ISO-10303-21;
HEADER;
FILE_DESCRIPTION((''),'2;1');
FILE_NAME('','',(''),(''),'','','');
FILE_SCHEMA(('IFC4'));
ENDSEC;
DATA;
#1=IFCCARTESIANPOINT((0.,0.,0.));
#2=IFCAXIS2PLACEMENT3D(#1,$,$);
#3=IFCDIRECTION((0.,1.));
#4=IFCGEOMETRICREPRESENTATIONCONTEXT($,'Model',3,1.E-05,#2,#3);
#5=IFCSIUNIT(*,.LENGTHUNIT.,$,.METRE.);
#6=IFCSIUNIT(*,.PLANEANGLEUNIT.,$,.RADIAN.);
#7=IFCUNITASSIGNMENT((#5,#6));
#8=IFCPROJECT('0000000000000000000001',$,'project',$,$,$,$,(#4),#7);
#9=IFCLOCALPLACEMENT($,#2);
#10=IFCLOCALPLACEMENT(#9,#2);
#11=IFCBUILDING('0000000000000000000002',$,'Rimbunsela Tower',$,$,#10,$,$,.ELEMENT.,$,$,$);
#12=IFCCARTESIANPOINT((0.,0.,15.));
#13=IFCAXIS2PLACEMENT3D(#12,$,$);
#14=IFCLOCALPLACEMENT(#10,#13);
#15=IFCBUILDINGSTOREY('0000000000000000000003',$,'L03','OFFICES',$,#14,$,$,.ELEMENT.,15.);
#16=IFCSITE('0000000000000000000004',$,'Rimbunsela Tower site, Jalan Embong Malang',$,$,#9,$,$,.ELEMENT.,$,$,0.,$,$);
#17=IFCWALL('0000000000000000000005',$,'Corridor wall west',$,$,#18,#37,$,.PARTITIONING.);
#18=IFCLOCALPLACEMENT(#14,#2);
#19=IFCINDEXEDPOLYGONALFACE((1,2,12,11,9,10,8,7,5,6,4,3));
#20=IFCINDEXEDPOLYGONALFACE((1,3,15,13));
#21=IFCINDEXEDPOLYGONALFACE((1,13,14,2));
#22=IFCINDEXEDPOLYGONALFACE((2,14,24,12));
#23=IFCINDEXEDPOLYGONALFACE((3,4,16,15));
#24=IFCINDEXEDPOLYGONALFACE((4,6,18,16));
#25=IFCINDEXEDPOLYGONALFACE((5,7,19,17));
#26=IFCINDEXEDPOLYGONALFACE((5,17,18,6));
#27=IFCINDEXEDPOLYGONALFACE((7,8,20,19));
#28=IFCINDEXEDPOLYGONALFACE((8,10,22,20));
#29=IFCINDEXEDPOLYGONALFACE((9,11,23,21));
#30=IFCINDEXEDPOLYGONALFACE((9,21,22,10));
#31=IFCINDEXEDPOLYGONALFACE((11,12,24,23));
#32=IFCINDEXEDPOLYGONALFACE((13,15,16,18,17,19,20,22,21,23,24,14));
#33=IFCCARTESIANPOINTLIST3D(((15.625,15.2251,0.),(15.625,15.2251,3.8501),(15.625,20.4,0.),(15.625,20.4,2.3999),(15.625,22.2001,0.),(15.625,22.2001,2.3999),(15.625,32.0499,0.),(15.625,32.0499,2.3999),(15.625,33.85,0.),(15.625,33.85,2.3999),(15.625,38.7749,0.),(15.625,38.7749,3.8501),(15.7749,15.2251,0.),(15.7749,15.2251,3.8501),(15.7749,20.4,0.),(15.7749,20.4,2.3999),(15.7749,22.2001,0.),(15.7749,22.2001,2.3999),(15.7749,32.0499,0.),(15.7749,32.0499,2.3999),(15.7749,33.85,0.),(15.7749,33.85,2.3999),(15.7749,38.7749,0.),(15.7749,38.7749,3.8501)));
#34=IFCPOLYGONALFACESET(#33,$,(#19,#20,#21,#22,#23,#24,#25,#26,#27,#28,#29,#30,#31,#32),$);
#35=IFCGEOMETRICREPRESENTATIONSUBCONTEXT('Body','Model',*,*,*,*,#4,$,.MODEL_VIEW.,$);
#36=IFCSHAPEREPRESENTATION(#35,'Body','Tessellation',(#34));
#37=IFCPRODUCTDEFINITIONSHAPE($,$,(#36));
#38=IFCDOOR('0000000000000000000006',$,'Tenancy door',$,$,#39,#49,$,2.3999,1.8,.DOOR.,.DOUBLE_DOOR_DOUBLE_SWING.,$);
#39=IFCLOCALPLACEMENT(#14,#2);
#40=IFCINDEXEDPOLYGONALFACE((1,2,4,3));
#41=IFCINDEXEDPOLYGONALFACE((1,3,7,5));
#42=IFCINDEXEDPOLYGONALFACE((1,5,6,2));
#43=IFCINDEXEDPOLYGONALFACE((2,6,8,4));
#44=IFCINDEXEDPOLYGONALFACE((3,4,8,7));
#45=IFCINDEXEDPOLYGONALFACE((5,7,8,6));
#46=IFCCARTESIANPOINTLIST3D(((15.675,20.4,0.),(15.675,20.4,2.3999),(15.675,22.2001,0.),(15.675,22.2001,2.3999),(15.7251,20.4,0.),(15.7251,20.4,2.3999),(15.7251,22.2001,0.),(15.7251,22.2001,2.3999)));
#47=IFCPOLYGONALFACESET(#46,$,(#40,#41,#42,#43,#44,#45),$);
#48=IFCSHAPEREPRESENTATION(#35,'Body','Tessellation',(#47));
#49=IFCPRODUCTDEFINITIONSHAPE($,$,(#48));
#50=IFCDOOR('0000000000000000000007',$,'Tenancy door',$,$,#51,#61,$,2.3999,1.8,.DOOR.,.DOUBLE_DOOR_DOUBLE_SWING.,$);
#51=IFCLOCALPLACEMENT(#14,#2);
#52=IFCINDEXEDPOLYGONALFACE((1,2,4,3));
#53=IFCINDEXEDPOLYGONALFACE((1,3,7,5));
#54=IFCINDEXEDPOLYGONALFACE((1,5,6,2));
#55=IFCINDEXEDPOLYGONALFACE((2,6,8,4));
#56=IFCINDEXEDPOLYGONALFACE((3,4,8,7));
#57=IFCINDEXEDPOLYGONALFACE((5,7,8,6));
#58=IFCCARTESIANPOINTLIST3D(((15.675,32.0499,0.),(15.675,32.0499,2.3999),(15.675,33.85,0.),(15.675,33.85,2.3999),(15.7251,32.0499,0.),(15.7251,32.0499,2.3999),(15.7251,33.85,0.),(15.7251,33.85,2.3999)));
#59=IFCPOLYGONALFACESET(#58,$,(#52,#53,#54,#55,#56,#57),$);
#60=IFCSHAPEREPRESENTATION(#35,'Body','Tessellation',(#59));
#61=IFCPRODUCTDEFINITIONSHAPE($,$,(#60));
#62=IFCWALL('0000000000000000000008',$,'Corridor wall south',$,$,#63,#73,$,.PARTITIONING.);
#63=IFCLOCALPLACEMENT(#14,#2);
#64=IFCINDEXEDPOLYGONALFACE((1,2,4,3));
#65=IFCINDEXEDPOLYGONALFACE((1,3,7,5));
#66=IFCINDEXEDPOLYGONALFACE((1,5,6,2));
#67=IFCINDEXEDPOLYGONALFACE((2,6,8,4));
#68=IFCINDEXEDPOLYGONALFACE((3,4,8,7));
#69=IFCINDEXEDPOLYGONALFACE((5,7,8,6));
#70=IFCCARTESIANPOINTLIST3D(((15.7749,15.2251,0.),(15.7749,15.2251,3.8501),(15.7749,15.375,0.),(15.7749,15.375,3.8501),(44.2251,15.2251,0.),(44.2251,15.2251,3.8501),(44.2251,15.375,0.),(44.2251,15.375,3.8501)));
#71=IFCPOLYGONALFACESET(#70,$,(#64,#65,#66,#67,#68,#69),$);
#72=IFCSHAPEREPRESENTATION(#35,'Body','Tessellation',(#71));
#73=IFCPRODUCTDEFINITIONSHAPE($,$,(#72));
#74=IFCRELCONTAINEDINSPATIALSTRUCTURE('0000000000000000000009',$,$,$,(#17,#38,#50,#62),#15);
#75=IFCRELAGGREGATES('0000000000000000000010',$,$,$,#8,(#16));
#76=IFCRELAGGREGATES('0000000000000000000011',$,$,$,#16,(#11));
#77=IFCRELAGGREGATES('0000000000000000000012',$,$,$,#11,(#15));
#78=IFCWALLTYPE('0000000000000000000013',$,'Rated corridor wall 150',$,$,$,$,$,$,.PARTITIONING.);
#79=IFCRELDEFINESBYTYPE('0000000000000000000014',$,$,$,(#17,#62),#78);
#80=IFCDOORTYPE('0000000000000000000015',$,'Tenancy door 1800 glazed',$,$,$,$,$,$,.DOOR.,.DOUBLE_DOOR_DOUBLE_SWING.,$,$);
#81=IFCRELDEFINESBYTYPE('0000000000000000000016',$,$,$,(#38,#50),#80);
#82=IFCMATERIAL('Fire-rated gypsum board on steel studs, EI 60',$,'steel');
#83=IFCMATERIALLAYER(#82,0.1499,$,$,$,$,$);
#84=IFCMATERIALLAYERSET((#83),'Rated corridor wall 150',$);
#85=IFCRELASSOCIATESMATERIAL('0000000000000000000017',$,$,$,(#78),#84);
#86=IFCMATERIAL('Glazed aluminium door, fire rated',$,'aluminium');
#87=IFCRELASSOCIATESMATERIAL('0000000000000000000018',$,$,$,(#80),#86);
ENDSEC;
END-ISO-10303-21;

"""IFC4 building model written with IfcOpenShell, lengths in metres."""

from ifc_helpers import new_model, si_unit, direction, frame, frame_2d, origin, place, context, subcontext, project, spatial, rectangle, extrude, material, layer, layer_set, type_object, element, fill, save


model = new_model("IFC4")

# Units and contexts
model_context = context("Model", 3, precision=1e-05, world=origin(), true_north=direction((0.0, 1.0)))
body_context = subcontext(model_context, "Body", "Model", "MODEL_VIEW")
ifc_project = project(units=[si_unit("LENGTHUNIT", "METRE"), si_unit("PLANEANGLEUNIT", "RADIAN")], contexts=[model_context])

# Site, building, storey
site_placement = place(None, origin())
site = spatial("IfcSite", under=ifc_project, at=site_placement, Name="Rimbunsela Tower site, Jalan Embong Malang", CompositionType="ELEMENT", RefElevation=0.0)
building_placement = place(site_placement, origin())
building = spatial("IfcBuilding", under=site, at=building_placement, Name="Rimbunsela Tower", CompositionType="ELEMENT")
storey_placement = place(building_placement, frame((0.0, 0.0, 15.0)))
storey = spatial("IfcBuildingStorey", under=building, at=storey_placement, Name="L03", Description="OFFICES", CompositionType="ELEMENT", Elevation=15.0)

# Wall, openings, doors
ifc_material_1 = material(Name="Fire-rated gypsum board on steel studs, EI 60", Category="steel")
ifc_layer_1 = layer(ifc_material_1, 0.1499)
ifc_layer_set_1 = layer_set([ifc_layer_1], Name="Rated corridor wall 150")
wall_type_1 = type_object("IfcWallType", Name="Rated corridor wall 150", PredefinedType="PARTITIONING", material=ifc_layer_set_1)
wall_1_placement = place(storey_placement, frame((15.7, 15.2251, 0.0), z_axis=(0.0, 0.0, 1.0), x_axis=(0.0, 1.0, 0.0)))
wall_1 = element("IfcWall", 1, at=wall_1_placement, inside=storey, type_object=wall_type_1, Name="Corridor wall west", PredefinedType="PARTITIONING", context=body_context, shape_type="SweptSolid", body=[
    extrude(rectangle(XDim=23.5498, YDim=0.1499, at=frame_2d((11.7749, 0.0))), origin(), (0.0, 0.0, 1.0), 3.8501),
])
opening_1_placement = place(wall_1_placement, frame((5.175, 0.0, 0.0)))
opening_1 = element("IfcOpeningElement", 2, at=opening_1_placement, cuts=wall_1, PredefinedType="OPENING", context=body_context, shape_type="SweptSolid", body=[
    extrude(rectangle(XDim=1.8, YDim=2.3999, at=frame_2d((0.8999, 1.2))), frame((0.0, 0.085, 0.0), z_axis=(0.0, -1.0, 0.0), x_axis=(1.0, 0.0, 0.0)), (0.0, 0.0, 1.0), 0.1699),
])
opening_2_placement = place(wall_1_placement, frame((16.825, 0.0, 0.0)))
opening_2 = element("IfcOpeningElement", 3, at=opening_2_placement, cuts=wall_1, PredefinedType="OPENING", context=body_context, shape_type="SweptSolid", body=[
    extrude(rectangle(XDim=1.8, YDim=2.3999, at=frame_2d((0.8999, 1.2))), frame((0.0, 0.085, 0.0), z_axis=(0.0, -1.0, 0.0), x_axis=(1.0, 0.0, 0.0)), (0.0, 0.0, 1.0), 0.1699),
])
ifc_material_2 = material(Name="Glazed aluminium door, fire rated", Category="aluminium")
door_type_1 = type_object("IfcDoorType", Name="Tenancy door 1800 glazed", OperationType="DOUBLE_DOOR_DOUBLE_SWING", PredefinedType="DOOR", material=ifc_material_2)
door_1_placement = place(opening_1_placement, origin())
door_1 = element("IfcDoor", 4, at=door_1_placement, inside=storey, type_object=door_type_1, Name="Tenancy door", OperationType="DOUBLE_DOOR_DOUBLE_SWING", OverallHeight=2.3999, OverallWidth=1.8, PredefinedType="DOOR", context=body_context, shape_type="SweptSolid", body=[
    extrude(rectangle(XDim=1.8, YDim=2.3999, at=frame_2d((0.8999, 1.2))), frame((0.0, 0.0249, 0.0), z_axis=(0.0, -1.0, 0.0), x_axis=(1.0, 0.0, 0.0)), (0.0, 0.0, 1.0), 0.05),
])
fill(opening_1, door_1)
door_2_placement = place(opening_2_placement, origin())
door_2 = element("IfcDoor", 5, at=door_2_placement, inside=storey, type_object=door_type_1, Name="Tenancy door", OperationType="DOUBLE_DOOR_DOUBLE_SWING", OverallHeight=2.3999, OverallWidth=1.8, PredefinedType="DOOR", context=body_context, shape_type="SweptSolid", body=[
    extrude(rectangle(XDim=1.8, YDim=2.3999, at=frame_2d((0.8999, 1.2))), frame((0.0, 0.0249, 0.0), z_axis=(0.0, -1.0, 0.0), x_axis=(1.0, 0.0, 0.0)), (0.0, 0.0, 1.0), 0.05),
])
fill(opening_2, door_2)

# Wall
wall_2_placement = place(storey_placement, frame((15.7749, 15.3, 0.0), z_axis=(0.0, 0.0, 1.0), x_axis=(1.0, 0.0, 0.0)))
element("IfcWall", 6, at=wall_2_placement, inside=storey, type_object=wall_type_1, Name="Corridor wall south", PredefinedType="PARTITIONING", context=body_context, shape_type="SweptSolid", body=[
    extrude(rectangle(XDim=28.4502, YDim=0.1499, at=frame_2d((14.2251, 0.0))), origin(), (0.0, 0.0, 1.0), 3.8501),
])

save(model, "model.ifc")
